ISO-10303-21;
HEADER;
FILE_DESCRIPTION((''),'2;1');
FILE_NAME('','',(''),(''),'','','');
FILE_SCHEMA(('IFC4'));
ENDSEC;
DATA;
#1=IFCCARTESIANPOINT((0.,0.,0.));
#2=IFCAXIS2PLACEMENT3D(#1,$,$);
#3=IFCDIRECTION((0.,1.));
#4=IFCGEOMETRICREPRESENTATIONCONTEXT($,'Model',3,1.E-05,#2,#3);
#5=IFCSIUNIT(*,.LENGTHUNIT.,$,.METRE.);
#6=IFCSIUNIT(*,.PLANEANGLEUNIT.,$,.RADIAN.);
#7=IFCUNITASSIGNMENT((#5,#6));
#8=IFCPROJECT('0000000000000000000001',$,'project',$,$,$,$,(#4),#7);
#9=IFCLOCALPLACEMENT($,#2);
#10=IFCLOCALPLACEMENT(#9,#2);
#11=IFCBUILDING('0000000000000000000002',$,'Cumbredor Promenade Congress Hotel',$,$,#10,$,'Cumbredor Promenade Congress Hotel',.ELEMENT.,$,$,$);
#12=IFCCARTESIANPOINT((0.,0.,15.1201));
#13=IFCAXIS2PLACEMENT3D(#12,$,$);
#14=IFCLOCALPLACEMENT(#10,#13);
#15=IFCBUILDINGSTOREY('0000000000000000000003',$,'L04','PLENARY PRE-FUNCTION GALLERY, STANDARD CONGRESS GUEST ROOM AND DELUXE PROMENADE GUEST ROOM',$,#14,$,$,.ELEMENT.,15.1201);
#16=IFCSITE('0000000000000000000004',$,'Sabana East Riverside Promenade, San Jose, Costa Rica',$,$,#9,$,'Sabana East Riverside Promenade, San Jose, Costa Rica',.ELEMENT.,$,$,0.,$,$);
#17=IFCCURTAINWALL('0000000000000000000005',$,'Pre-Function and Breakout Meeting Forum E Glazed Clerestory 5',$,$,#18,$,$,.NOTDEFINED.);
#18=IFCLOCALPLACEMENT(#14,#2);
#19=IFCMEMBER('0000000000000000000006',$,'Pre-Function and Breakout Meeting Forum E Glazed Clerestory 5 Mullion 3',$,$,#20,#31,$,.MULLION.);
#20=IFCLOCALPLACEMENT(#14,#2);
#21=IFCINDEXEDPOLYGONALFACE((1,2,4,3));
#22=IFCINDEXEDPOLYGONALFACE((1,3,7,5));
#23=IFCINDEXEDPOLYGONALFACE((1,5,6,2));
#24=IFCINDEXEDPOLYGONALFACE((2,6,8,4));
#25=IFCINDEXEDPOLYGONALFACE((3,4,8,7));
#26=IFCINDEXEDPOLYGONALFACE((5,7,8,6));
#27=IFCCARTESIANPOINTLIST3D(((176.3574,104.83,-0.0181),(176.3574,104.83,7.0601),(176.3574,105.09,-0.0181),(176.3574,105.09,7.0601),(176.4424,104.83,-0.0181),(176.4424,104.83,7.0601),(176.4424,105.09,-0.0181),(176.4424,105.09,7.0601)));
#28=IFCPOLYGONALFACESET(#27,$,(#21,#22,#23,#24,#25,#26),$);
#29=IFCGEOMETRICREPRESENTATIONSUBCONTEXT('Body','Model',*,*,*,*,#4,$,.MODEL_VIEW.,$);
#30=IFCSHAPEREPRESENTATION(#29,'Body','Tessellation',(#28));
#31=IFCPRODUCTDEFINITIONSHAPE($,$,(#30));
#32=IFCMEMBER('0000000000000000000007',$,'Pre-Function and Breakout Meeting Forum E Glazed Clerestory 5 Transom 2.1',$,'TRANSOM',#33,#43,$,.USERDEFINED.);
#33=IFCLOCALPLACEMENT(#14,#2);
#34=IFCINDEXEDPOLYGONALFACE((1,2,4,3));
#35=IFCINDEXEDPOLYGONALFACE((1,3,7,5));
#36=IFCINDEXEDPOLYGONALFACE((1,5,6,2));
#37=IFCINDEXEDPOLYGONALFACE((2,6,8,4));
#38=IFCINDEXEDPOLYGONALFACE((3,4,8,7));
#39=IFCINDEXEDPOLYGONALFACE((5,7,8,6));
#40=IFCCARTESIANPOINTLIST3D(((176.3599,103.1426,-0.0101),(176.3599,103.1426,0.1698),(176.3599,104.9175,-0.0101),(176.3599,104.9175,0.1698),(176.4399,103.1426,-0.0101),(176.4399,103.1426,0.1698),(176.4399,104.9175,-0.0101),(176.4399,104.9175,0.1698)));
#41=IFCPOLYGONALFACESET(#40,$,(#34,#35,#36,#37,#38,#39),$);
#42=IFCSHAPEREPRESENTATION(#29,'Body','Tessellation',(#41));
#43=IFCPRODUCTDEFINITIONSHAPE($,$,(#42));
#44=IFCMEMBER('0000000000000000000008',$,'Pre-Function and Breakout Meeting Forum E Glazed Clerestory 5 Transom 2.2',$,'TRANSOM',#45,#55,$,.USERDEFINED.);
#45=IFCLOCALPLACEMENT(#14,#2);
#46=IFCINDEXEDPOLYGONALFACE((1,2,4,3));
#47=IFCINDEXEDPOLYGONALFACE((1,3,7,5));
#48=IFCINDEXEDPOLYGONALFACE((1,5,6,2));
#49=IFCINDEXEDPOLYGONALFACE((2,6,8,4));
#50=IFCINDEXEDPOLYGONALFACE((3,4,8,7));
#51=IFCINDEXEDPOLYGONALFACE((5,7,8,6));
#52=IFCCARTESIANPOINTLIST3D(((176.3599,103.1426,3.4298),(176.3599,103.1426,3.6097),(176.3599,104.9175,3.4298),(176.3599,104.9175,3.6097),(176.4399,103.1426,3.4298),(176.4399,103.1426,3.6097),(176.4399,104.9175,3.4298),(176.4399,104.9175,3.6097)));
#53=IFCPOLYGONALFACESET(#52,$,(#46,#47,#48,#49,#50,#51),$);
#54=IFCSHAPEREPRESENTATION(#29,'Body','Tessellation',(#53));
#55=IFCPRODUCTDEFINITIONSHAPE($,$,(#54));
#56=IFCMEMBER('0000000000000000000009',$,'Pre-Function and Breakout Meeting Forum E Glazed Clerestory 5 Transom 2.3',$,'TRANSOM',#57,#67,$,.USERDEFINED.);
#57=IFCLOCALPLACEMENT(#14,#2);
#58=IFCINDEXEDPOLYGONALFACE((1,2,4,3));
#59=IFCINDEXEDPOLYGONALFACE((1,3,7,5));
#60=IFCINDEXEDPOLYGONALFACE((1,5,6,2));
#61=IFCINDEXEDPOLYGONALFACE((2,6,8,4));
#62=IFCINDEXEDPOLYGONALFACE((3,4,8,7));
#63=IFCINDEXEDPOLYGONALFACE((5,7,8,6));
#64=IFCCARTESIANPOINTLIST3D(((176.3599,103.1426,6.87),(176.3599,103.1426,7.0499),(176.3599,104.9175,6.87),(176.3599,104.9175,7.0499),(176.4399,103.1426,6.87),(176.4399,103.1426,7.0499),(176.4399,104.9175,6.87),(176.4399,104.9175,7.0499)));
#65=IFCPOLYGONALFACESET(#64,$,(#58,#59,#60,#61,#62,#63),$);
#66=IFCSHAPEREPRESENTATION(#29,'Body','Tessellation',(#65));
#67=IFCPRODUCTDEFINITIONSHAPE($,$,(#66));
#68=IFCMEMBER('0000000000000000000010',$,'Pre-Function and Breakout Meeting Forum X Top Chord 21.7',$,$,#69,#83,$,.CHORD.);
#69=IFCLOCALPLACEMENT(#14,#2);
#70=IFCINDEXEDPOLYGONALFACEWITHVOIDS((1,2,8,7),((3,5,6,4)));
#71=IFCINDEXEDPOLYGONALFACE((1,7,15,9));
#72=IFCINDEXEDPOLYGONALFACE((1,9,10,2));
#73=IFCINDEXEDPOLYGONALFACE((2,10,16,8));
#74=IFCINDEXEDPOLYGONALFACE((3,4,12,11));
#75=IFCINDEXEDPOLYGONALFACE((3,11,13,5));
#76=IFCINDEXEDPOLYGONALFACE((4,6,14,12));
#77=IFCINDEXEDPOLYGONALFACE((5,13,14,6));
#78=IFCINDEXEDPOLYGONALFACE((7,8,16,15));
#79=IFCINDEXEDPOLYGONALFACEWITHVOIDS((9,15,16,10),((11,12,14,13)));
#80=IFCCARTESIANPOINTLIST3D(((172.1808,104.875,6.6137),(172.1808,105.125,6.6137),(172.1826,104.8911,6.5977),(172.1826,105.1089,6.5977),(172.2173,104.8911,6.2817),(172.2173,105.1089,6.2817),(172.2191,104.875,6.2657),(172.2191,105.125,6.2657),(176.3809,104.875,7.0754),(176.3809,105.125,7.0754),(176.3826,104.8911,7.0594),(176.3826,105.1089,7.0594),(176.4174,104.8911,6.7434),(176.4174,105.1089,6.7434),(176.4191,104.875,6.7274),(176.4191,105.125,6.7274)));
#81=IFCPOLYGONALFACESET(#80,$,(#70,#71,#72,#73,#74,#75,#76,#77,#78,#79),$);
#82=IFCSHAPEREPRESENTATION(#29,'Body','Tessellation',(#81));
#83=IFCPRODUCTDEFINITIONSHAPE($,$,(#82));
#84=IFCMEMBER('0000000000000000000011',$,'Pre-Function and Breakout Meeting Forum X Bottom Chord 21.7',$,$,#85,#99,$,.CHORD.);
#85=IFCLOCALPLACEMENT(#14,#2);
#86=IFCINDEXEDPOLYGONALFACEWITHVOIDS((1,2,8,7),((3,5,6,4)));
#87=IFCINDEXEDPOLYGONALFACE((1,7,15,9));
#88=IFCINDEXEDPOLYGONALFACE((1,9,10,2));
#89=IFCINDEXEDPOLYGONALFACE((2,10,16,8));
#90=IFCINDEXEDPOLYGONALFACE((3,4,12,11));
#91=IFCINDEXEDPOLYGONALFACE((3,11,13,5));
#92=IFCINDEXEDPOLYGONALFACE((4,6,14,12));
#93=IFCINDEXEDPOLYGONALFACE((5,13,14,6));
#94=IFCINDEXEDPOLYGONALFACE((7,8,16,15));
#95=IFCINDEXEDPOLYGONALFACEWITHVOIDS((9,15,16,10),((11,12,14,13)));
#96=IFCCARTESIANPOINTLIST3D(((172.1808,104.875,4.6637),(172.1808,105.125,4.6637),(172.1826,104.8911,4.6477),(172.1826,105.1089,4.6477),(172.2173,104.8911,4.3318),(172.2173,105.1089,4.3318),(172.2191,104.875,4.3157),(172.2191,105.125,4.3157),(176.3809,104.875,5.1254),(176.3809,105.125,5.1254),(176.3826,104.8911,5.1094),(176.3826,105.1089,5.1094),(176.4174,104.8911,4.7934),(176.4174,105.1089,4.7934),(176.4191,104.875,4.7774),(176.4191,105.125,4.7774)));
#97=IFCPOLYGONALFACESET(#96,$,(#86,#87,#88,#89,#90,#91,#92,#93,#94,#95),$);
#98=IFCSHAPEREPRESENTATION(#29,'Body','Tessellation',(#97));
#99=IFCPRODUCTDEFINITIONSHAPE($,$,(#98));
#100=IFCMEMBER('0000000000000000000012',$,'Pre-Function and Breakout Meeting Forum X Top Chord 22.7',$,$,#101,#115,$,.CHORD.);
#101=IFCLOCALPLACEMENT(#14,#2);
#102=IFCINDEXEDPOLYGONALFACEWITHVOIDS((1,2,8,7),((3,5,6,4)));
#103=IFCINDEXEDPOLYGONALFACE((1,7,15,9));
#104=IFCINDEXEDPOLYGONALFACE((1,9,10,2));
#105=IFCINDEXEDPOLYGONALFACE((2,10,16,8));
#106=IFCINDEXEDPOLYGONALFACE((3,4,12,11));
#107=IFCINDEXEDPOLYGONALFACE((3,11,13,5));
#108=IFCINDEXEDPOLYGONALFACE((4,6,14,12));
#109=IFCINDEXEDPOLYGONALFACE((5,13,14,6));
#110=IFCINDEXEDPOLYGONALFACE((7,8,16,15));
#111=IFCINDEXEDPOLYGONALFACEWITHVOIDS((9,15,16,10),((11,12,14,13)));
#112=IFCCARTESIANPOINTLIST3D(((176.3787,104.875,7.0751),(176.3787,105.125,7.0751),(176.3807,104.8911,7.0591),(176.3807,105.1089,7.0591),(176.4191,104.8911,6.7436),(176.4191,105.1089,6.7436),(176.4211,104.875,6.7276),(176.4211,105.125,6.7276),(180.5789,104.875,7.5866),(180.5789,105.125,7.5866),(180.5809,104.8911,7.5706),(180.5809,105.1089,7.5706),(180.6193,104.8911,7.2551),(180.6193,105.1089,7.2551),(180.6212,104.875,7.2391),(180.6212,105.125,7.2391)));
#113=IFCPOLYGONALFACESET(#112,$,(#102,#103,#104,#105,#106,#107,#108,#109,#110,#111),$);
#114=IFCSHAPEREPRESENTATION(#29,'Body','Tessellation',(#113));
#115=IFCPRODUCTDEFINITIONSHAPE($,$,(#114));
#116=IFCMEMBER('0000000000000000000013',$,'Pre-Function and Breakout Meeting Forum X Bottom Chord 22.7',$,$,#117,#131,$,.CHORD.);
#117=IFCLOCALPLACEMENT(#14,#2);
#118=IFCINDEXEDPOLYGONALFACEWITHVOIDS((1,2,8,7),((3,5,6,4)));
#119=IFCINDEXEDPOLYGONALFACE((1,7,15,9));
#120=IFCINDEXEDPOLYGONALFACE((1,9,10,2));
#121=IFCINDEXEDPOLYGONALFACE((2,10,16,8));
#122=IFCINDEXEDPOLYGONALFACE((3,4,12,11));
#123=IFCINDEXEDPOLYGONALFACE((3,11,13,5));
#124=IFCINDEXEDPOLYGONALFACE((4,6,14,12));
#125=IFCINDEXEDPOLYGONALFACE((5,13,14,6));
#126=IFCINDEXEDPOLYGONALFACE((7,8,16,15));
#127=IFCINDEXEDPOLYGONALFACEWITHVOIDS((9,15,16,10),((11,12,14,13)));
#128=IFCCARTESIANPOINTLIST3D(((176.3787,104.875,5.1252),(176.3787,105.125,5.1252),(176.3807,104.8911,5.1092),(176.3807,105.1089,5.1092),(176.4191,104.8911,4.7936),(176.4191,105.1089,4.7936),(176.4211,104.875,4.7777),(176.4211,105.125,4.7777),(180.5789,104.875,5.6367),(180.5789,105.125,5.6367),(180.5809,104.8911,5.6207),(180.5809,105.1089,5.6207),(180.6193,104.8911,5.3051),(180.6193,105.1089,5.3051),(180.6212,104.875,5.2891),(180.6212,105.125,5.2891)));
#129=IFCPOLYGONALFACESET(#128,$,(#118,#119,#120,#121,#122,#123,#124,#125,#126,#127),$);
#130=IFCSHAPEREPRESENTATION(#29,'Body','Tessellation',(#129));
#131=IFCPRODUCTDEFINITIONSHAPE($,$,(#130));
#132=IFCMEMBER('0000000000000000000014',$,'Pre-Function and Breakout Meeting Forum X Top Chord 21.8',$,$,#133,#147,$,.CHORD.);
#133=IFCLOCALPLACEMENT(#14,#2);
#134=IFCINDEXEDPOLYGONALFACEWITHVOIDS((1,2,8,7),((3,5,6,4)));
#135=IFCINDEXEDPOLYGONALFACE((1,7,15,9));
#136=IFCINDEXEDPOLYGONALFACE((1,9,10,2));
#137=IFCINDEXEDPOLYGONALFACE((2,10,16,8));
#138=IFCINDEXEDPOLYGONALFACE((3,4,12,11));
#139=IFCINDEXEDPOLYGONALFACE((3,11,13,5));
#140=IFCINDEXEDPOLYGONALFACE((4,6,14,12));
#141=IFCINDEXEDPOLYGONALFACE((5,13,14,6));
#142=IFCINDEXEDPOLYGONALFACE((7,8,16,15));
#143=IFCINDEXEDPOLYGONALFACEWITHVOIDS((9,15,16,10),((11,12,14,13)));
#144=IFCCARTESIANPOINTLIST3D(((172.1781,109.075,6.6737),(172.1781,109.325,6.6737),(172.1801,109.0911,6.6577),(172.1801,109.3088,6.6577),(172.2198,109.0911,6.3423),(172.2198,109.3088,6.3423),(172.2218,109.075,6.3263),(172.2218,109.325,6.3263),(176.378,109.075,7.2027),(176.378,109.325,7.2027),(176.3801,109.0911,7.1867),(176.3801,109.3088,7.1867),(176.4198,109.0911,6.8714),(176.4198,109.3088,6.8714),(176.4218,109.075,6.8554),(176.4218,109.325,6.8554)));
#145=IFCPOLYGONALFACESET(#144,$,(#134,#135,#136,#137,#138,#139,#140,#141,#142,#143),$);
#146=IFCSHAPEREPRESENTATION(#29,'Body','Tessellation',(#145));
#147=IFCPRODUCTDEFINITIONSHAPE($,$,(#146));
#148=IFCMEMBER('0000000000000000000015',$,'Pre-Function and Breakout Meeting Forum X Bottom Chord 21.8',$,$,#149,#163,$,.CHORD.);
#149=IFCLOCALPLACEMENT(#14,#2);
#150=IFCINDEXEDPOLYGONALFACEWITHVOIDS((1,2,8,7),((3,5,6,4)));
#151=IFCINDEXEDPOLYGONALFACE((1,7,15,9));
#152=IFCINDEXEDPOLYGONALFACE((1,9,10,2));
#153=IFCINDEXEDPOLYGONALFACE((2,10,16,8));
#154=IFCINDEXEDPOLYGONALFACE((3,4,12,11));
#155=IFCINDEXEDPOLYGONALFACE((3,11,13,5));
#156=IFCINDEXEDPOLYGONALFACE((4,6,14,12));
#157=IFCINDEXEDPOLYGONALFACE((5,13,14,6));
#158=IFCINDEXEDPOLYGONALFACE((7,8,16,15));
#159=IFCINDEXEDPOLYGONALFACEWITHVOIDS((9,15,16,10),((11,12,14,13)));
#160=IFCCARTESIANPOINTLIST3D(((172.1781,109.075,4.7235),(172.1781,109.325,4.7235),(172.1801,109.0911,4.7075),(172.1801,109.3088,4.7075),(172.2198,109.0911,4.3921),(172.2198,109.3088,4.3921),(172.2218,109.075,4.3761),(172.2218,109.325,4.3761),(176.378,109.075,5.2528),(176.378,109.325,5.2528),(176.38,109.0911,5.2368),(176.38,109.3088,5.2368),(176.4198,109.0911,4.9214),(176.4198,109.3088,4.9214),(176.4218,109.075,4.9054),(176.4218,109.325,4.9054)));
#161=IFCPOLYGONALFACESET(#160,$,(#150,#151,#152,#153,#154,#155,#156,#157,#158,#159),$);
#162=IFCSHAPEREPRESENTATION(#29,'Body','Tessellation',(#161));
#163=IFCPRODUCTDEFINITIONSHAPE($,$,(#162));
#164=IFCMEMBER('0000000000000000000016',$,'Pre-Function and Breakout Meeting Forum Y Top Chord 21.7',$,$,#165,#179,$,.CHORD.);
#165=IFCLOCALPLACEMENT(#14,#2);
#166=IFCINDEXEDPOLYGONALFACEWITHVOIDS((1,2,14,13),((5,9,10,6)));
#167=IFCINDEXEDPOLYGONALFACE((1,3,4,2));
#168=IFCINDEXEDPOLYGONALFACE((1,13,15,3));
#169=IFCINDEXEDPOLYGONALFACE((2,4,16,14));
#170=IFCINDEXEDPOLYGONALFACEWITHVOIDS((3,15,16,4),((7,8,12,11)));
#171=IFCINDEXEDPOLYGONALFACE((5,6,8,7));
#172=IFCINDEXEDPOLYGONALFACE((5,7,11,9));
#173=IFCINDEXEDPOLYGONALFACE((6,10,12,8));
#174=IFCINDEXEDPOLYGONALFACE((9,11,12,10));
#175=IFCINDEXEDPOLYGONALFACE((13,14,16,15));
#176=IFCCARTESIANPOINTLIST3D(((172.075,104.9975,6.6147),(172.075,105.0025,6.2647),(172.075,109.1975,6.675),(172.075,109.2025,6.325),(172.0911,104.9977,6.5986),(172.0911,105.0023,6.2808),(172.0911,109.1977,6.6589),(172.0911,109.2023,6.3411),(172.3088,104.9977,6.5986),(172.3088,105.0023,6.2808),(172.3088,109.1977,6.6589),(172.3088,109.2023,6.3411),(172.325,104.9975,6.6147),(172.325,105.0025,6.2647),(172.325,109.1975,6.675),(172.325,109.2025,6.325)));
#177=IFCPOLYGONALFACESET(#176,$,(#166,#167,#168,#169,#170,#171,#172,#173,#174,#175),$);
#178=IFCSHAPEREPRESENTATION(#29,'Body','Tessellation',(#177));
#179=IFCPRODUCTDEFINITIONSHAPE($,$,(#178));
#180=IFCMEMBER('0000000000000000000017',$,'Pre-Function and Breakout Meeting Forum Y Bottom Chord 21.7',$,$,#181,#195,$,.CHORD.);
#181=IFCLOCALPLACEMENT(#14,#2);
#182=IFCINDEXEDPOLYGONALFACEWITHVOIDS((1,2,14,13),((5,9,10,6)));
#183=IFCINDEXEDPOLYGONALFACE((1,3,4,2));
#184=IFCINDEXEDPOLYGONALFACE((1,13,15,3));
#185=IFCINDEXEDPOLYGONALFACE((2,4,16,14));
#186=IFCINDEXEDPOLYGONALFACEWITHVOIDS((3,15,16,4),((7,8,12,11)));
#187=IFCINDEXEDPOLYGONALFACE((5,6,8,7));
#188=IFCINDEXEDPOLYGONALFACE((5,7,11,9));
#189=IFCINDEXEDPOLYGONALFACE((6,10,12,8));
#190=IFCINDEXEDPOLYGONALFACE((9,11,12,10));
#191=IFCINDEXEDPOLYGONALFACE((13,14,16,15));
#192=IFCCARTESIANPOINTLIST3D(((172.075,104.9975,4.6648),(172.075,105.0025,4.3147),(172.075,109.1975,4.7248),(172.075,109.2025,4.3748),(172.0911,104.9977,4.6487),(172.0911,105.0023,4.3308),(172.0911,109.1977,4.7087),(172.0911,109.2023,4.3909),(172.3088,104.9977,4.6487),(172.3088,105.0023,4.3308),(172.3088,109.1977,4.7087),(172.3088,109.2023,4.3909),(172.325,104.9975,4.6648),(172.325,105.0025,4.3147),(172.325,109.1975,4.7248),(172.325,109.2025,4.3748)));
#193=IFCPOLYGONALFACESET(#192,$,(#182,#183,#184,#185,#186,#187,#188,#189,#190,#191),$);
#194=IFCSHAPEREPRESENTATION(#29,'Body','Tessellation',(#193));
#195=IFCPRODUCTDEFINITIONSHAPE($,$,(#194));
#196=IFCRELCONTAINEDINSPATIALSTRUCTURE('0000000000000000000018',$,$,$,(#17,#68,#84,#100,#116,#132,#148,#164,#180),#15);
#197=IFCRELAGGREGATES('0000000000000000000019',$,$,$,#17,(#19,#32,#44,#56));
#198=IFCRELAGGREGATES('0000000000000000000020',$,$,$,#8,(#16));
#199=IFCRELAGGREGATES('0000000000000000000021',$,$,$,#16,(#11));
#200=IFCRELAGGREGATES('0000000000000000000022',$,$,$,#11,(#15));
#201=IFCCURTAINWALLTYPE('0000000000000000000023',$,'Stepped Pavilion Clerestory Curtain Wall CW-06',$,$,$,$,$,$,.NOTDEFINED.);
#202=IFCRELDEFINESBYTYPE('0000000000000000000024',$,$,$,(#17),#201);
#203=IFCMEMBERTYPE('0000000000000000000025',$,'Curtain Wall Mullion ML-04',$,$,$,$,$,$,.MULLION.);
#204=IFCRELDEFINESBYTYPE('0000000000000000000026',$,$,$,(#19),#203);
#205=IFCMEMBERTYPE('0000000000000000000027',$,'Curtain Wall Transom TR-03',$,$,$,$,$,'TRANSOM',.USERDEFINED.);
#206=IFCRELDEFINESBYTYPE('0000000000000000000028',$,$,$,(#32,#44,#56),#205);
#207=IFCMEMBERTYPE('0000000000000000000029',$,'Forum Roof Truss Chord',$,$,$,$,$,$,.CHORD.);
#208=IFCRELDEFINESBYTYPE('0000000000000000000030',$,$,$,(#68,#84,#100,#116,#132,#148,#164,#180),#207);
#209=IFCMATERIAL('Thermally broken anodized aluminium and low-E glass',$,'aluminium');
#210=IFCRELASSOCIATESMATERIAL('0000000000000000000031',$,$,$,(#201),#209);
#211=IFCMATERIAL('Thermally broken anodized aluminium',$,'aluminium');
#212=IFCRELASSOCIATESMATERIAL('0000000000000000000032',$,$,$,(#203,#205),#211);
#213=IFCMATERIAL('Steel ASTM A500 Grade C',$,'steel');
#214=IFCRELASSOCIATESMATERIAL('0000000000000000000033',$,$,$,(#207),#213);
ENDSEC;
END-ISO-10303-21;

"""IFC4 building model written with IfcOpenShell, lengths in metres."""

from ifc_helpers import new_model, si_unit, direction, frame, origin, origin_2d, place, context, subcontext, project, spatial, rectangle, hollow_rectangle, extrude, material, material_profile, profile_set, type_object, element, aggregate, save


model = new_model("IFC4")

# Units and contexts
model_context = context("Model", 3, precision=1e-05, world=origin(), true_north=direction((0.0, 1.0)))
body_context = subcontext(model_context, "Body", "Model", "MODEL_VIEW")
ifc_project = project(units=[si_unit("LENGTHUNIT", "METRE"), si_unit("PLANEANGLEUNIT", "RADIAN")], contexts=[model_context])

# Site, building, storey
site_placement = place(None, origin())
site = spatial("IfcSite", under=ifc_project, at=site_placement, Name="Sabana East Riverside Promenade, San Jose, Costa Rica", LongName="Sabana East Riverside Promenade, San Jose, Costa Rica", CompositionType="ELEMENT", RefElevation=0.0)
building_placement = place(site_placement, origin())
building = spatial("IfcBuilding", under=site, at=building_placement, Name="Cumbredor Promenade Congress Hotel", LongName="Cumbredor Promenade Congress Hotel", CompositionType="ELEMENT")
storey_placement = place(building_placement, frame((0.0, 0.0, 15.1201)))
storey = spatial("IfcBuildingStorey", under=building, at=storey_placement, Name="L04", Description="PLENARY PRE-FUNCTION GALLERY, STANDARD CONGRESS GUEST ROOM AND DELUXE PROMENADE GUEST ROOM", CompositionType="ELEMENT", Elevation=15.1201)

# Curtain wall, members
ifc_material_1 = material(Name="Thermally broken anodized aluminium and low-E glass", Category="aluminium")
curtain_wall_type = type_object("IfcCurtainWallType", Name="Stepped Pavilion Clerestory Curtain Wall CW-06", PredefinedType="NOTDEFINED", material=ifc_material_1)
curtain_wall_placement = place(storey_placement, origin())
curtain_wall = element("IfcCurtainWall", 1, at=curtain_wall_placement, inside=storey, type_object=curtain_wall_type, Name="Pre-Function and Breakout Meeting Forum E Glazed Clerestory 5", PredefinedType="NOTDEFINED")
ifc_material_2 = material(Name="Thermally broken anodized aluminium", Category="aluminium")
ifc_material_profile_1 = material_profile(ifc_material_2, rectangle(XDim=0.085, YDim=0.26, at=origin_2d()), Name="ALU MULLION CLERESTORY 85x260")
ifc_profile_set_1 = profile_set([ifc_material_profile_1], Name="Thermally broken anodized aluminium")
member_type_1 = type_object("IfcMemberType", Name="Curtain Wall Mullion ML-04", PredefinedType="MULLION", material=ifc_profile_set_1)
member_1_placement = place(storey_placement, frame((176.3999, 104.96, -0.0181), z_axis=(0.0, 0.0, 1.0), x_axis=(1.0, 0.0, 0.0)))
member_1 = element("IfcMember", 2, at=member_1_placement, type_object=member_type_1, Name="Pre-Function and Breakout Meeting Forum E Glazed Clerestory 5 Mullion 3", PredefinedType="MULLION", context=body_context, shape_type="SweptSolid", body=[
    extrude(rectangle(XDim=0.085, YDim=0.26, at=origin_2d()), origin(), (0.0, 0.0, 1.0), 7.0781),
])
ifc_material_profile_2 = material_profile(ifc_material_2, rectangle(XDim=0.0801, YDim=0.1799, at=origin_2d()), Name="ALU TRANSOM 80x180")
ifc_profile_set_2 = profile_set([ifc_material_profile_2], Name="Thermally broken anodized aluminium")
member_type_2 = type_object("IfcMemberType", Name="Curtain Wall Transom TR-03", ElementType="TRANSOM", PredefinedType="USERDEFINED", material=ifc_profile_set_2)
member_2_placement = place(storey_placement, frame((176.3999, 103.1426, 0.0798), z_axis=(0.0, 1.0, 0.0), x_axis=(-1.0, 0.0, 0.0)))
member_2 = element("IfcMember", 3, at=member_2_placement, type_object=member_type_2, Name="Pre-Function and Breakout Meeting Forum E Glazed Clerestory 5 Transom 2.1", ObjectType="TRANSOM", PredefinedType="USERDEFINED", context=body_context, shape_type="SweptSolid", body=[
    extrude(rectangle(XDim=0.0801, YDim=0.1799, at=origin_2d()), origin(), (0.0, 0.0, 1.0), 1.7749),
])
member_3_placement = place(storey_placement, frame((176.3999, 103.1426, 3.5198), z_axis=(0.0, 1.0, 0.0), x_axis=(-1.0, 0.0, 0.0)))
member_3 = element("IfcMember", 4, at=member_3_placement, type_object=member_type_2, Name="Pre-Function and Breakout Meeting Forum E Glazed Clerestory 5 Transom 2.2", ObjectType="TRANSOM", PredefinedType="USERDEFINED", context=body_context, shape_type="SweptSolid", body=[
    extrude(rectangle(XDim=0.0801, YDim=0.1799, at=origin_2d()), origin(), (0.0, 0.0, 1.0), 1.7749),
])
member_4_placement = place(storey_placement, frame((176.3999, 103.1426, 6.96), z_axis=(0.0, 1.0, 0.0), x_axis=(-1.0, 0.0, 0.0)))
member_4 = element("IfcMember", 5, at=member_4_placement, type_object=member_type_2, Name="Pre-Function and Breakout Meeting Forum E Glazed Clerestory 5 Transom 2.3", ObjectType="TRANSOM", PredefinedType="USERDEFINED", context=body_context, shape_type="SweptSolid", body=[
    extrude(rectangle(XDim=0.0801, YDim=0.1799, at=origin_2d()), origin(), (0.0, 0.0, 1.0), 1.7749),
])

# Members
ifc_material_3 = material(Name="Steel ASTM A500 Grade C", Category="steel")
ifc_material_profile_3 = material_profile(ifc_material_3, hollow_rectangle(XDim=0.25, YDim=0.3501, WallThickness=0.0161, at=origin_2d()), Name="HSS 350x250x16")
ifc_profile_set_3 = profile_set([ifc_material_profile_3], Name="Steel ASTM A500 Grade C")
member_type_3 = type_object("IfcMemberType", Name="Forum Roof Truss Chord", PredefinedType="CHORD", material=ifc_profile_set_3)
for number, where, z_axis, x_axis, name in (
    (6, (172.2, 105.0, 6.4397), (0.994013, 0.0, 0.109265), (0.0, 1.0, 0.0), "Pre-Function and Breakout Meeting Forum X Top Chord 21.7"),
    (7, (172.2, 105.0, 4.4897), (0.994013, 0.0, 0.109265), (0.0, 1.0, 0.0), "Pre-Function and Breakout Meeting Forum X Bottom Chord 21.7"),
):
    element("IfcMember", number, at=place(storey_placement, frame(where, z_axis=z_axis, x_axis=x_axis)), inside=storey, type_object=member_type_3, Name=name, PredefinedType="CHORD", context=body_context, shape_type="SweptSolid", body=[
        extrude(hollow_rectangle(XDim=0.25, YDim=0.3501, WallThickness=0.0161, at=origin_2d()), origin(), (0.0, 0.0, 1.0), 4.2253),
    ])
for number, where, z_axis, x_axis, name in (
    (8, (176.3999, 105.0, 6.9014), (0.992667, 0.0, 0.120881), (0.0, 1.0, 0.0), "Pre-Function and Breakout Meeting Forum X Top Chord 22.7"),
    (9, (176.3999, 105.0, 4.9514), (0.992667, 0.0, 0.120881), (0.0, 1.0, 0.0), "Pre-Function and Breakout Meeting Forum X Bottom Chord 22.7"),
):
    element("IfcMember", number, at=place(storey_placement, frame(where, z_axis=z_axis, x_axis=x_axis)), inside=storey, type_object=member_type_3, Name=name, PredefinedType="CHORD", context=body_context, shape_type="SweptSolid", body=[
        extrude(hollow_rectangle(XDim=0.25, YDim=0.3501, WallThickness=0.0161, at=origin_2d()), origin(), (0.0, 0.0, 1.0), 4.2312),
    ])
for number, where, z_axis, x_axis, name in (
    (10, (172.2, 109.2, 6.5), (0.992159, 0.0, 0.124979), (0.0, 1.0, 0.0), "Pre-Function and Breakout Meeting Forum X Top Chord 21.8"),
    (11, (172.2, 109.2, 4.5498), (0.992152, 0.0, 0.125036), (0.0, 1.0, 0.0), "Pre-Function and Breakout Meeting Forum X Bottom Chord 21.8"),
):
    element("IfcMember", number, at=place(storey_placement, frame(where, z_axis=z_axis, x_axis=x_axis)), inside=storey, type_object=member_type_3, Name=name, PredefinedType="CHORD", context=body_context, shape_type="SweptSolid", body=[
        extrude(hollow_rectangle(XDim=0.25, YDim=0.3501, WallThickness=0.0161, at=origin_2d()), origin(), (0.0, 0.0, 1.0), 4.2332),
    ])
for number, where, z_axis, x_axis, name in (
    (12, (172.2, 105.0, 6.4397), (0.0, 0.999897, 0.014356), (-1.0, 0.0, 0.0), "Pre-Function and Breakout Meeting Forum Y Top Chord 21.7"),
    (13, (172.2, 105.0, 4.4897), (0.0, 0.999898, 0.014298), (-1.0, 0.0, 0.0), "Pre-Function and Breakout Meeting Forum Y Bottom Chord 21.7"),
):
    element("IfcMember", number, at=place(storey_placement, frame(where, z_axis=z_axis, x_axis=x_axis)), inside=storey, type_object=member_type_3, Name=name, PredefinedType="CHORD", context=body_context, shape_type="SweptSolid", body=[
        extrude(hollow_rectangle(XDim=0.25, YDim=0.3501, WallThickness=0.0161, at=origin_2d()), origin(), (0.0, 0.0, 1.0), 4.2004),
    ])

aggregate(curtain_wall, [member_1, member_2, member_3, member_4])

save(model, "model.ifc")
